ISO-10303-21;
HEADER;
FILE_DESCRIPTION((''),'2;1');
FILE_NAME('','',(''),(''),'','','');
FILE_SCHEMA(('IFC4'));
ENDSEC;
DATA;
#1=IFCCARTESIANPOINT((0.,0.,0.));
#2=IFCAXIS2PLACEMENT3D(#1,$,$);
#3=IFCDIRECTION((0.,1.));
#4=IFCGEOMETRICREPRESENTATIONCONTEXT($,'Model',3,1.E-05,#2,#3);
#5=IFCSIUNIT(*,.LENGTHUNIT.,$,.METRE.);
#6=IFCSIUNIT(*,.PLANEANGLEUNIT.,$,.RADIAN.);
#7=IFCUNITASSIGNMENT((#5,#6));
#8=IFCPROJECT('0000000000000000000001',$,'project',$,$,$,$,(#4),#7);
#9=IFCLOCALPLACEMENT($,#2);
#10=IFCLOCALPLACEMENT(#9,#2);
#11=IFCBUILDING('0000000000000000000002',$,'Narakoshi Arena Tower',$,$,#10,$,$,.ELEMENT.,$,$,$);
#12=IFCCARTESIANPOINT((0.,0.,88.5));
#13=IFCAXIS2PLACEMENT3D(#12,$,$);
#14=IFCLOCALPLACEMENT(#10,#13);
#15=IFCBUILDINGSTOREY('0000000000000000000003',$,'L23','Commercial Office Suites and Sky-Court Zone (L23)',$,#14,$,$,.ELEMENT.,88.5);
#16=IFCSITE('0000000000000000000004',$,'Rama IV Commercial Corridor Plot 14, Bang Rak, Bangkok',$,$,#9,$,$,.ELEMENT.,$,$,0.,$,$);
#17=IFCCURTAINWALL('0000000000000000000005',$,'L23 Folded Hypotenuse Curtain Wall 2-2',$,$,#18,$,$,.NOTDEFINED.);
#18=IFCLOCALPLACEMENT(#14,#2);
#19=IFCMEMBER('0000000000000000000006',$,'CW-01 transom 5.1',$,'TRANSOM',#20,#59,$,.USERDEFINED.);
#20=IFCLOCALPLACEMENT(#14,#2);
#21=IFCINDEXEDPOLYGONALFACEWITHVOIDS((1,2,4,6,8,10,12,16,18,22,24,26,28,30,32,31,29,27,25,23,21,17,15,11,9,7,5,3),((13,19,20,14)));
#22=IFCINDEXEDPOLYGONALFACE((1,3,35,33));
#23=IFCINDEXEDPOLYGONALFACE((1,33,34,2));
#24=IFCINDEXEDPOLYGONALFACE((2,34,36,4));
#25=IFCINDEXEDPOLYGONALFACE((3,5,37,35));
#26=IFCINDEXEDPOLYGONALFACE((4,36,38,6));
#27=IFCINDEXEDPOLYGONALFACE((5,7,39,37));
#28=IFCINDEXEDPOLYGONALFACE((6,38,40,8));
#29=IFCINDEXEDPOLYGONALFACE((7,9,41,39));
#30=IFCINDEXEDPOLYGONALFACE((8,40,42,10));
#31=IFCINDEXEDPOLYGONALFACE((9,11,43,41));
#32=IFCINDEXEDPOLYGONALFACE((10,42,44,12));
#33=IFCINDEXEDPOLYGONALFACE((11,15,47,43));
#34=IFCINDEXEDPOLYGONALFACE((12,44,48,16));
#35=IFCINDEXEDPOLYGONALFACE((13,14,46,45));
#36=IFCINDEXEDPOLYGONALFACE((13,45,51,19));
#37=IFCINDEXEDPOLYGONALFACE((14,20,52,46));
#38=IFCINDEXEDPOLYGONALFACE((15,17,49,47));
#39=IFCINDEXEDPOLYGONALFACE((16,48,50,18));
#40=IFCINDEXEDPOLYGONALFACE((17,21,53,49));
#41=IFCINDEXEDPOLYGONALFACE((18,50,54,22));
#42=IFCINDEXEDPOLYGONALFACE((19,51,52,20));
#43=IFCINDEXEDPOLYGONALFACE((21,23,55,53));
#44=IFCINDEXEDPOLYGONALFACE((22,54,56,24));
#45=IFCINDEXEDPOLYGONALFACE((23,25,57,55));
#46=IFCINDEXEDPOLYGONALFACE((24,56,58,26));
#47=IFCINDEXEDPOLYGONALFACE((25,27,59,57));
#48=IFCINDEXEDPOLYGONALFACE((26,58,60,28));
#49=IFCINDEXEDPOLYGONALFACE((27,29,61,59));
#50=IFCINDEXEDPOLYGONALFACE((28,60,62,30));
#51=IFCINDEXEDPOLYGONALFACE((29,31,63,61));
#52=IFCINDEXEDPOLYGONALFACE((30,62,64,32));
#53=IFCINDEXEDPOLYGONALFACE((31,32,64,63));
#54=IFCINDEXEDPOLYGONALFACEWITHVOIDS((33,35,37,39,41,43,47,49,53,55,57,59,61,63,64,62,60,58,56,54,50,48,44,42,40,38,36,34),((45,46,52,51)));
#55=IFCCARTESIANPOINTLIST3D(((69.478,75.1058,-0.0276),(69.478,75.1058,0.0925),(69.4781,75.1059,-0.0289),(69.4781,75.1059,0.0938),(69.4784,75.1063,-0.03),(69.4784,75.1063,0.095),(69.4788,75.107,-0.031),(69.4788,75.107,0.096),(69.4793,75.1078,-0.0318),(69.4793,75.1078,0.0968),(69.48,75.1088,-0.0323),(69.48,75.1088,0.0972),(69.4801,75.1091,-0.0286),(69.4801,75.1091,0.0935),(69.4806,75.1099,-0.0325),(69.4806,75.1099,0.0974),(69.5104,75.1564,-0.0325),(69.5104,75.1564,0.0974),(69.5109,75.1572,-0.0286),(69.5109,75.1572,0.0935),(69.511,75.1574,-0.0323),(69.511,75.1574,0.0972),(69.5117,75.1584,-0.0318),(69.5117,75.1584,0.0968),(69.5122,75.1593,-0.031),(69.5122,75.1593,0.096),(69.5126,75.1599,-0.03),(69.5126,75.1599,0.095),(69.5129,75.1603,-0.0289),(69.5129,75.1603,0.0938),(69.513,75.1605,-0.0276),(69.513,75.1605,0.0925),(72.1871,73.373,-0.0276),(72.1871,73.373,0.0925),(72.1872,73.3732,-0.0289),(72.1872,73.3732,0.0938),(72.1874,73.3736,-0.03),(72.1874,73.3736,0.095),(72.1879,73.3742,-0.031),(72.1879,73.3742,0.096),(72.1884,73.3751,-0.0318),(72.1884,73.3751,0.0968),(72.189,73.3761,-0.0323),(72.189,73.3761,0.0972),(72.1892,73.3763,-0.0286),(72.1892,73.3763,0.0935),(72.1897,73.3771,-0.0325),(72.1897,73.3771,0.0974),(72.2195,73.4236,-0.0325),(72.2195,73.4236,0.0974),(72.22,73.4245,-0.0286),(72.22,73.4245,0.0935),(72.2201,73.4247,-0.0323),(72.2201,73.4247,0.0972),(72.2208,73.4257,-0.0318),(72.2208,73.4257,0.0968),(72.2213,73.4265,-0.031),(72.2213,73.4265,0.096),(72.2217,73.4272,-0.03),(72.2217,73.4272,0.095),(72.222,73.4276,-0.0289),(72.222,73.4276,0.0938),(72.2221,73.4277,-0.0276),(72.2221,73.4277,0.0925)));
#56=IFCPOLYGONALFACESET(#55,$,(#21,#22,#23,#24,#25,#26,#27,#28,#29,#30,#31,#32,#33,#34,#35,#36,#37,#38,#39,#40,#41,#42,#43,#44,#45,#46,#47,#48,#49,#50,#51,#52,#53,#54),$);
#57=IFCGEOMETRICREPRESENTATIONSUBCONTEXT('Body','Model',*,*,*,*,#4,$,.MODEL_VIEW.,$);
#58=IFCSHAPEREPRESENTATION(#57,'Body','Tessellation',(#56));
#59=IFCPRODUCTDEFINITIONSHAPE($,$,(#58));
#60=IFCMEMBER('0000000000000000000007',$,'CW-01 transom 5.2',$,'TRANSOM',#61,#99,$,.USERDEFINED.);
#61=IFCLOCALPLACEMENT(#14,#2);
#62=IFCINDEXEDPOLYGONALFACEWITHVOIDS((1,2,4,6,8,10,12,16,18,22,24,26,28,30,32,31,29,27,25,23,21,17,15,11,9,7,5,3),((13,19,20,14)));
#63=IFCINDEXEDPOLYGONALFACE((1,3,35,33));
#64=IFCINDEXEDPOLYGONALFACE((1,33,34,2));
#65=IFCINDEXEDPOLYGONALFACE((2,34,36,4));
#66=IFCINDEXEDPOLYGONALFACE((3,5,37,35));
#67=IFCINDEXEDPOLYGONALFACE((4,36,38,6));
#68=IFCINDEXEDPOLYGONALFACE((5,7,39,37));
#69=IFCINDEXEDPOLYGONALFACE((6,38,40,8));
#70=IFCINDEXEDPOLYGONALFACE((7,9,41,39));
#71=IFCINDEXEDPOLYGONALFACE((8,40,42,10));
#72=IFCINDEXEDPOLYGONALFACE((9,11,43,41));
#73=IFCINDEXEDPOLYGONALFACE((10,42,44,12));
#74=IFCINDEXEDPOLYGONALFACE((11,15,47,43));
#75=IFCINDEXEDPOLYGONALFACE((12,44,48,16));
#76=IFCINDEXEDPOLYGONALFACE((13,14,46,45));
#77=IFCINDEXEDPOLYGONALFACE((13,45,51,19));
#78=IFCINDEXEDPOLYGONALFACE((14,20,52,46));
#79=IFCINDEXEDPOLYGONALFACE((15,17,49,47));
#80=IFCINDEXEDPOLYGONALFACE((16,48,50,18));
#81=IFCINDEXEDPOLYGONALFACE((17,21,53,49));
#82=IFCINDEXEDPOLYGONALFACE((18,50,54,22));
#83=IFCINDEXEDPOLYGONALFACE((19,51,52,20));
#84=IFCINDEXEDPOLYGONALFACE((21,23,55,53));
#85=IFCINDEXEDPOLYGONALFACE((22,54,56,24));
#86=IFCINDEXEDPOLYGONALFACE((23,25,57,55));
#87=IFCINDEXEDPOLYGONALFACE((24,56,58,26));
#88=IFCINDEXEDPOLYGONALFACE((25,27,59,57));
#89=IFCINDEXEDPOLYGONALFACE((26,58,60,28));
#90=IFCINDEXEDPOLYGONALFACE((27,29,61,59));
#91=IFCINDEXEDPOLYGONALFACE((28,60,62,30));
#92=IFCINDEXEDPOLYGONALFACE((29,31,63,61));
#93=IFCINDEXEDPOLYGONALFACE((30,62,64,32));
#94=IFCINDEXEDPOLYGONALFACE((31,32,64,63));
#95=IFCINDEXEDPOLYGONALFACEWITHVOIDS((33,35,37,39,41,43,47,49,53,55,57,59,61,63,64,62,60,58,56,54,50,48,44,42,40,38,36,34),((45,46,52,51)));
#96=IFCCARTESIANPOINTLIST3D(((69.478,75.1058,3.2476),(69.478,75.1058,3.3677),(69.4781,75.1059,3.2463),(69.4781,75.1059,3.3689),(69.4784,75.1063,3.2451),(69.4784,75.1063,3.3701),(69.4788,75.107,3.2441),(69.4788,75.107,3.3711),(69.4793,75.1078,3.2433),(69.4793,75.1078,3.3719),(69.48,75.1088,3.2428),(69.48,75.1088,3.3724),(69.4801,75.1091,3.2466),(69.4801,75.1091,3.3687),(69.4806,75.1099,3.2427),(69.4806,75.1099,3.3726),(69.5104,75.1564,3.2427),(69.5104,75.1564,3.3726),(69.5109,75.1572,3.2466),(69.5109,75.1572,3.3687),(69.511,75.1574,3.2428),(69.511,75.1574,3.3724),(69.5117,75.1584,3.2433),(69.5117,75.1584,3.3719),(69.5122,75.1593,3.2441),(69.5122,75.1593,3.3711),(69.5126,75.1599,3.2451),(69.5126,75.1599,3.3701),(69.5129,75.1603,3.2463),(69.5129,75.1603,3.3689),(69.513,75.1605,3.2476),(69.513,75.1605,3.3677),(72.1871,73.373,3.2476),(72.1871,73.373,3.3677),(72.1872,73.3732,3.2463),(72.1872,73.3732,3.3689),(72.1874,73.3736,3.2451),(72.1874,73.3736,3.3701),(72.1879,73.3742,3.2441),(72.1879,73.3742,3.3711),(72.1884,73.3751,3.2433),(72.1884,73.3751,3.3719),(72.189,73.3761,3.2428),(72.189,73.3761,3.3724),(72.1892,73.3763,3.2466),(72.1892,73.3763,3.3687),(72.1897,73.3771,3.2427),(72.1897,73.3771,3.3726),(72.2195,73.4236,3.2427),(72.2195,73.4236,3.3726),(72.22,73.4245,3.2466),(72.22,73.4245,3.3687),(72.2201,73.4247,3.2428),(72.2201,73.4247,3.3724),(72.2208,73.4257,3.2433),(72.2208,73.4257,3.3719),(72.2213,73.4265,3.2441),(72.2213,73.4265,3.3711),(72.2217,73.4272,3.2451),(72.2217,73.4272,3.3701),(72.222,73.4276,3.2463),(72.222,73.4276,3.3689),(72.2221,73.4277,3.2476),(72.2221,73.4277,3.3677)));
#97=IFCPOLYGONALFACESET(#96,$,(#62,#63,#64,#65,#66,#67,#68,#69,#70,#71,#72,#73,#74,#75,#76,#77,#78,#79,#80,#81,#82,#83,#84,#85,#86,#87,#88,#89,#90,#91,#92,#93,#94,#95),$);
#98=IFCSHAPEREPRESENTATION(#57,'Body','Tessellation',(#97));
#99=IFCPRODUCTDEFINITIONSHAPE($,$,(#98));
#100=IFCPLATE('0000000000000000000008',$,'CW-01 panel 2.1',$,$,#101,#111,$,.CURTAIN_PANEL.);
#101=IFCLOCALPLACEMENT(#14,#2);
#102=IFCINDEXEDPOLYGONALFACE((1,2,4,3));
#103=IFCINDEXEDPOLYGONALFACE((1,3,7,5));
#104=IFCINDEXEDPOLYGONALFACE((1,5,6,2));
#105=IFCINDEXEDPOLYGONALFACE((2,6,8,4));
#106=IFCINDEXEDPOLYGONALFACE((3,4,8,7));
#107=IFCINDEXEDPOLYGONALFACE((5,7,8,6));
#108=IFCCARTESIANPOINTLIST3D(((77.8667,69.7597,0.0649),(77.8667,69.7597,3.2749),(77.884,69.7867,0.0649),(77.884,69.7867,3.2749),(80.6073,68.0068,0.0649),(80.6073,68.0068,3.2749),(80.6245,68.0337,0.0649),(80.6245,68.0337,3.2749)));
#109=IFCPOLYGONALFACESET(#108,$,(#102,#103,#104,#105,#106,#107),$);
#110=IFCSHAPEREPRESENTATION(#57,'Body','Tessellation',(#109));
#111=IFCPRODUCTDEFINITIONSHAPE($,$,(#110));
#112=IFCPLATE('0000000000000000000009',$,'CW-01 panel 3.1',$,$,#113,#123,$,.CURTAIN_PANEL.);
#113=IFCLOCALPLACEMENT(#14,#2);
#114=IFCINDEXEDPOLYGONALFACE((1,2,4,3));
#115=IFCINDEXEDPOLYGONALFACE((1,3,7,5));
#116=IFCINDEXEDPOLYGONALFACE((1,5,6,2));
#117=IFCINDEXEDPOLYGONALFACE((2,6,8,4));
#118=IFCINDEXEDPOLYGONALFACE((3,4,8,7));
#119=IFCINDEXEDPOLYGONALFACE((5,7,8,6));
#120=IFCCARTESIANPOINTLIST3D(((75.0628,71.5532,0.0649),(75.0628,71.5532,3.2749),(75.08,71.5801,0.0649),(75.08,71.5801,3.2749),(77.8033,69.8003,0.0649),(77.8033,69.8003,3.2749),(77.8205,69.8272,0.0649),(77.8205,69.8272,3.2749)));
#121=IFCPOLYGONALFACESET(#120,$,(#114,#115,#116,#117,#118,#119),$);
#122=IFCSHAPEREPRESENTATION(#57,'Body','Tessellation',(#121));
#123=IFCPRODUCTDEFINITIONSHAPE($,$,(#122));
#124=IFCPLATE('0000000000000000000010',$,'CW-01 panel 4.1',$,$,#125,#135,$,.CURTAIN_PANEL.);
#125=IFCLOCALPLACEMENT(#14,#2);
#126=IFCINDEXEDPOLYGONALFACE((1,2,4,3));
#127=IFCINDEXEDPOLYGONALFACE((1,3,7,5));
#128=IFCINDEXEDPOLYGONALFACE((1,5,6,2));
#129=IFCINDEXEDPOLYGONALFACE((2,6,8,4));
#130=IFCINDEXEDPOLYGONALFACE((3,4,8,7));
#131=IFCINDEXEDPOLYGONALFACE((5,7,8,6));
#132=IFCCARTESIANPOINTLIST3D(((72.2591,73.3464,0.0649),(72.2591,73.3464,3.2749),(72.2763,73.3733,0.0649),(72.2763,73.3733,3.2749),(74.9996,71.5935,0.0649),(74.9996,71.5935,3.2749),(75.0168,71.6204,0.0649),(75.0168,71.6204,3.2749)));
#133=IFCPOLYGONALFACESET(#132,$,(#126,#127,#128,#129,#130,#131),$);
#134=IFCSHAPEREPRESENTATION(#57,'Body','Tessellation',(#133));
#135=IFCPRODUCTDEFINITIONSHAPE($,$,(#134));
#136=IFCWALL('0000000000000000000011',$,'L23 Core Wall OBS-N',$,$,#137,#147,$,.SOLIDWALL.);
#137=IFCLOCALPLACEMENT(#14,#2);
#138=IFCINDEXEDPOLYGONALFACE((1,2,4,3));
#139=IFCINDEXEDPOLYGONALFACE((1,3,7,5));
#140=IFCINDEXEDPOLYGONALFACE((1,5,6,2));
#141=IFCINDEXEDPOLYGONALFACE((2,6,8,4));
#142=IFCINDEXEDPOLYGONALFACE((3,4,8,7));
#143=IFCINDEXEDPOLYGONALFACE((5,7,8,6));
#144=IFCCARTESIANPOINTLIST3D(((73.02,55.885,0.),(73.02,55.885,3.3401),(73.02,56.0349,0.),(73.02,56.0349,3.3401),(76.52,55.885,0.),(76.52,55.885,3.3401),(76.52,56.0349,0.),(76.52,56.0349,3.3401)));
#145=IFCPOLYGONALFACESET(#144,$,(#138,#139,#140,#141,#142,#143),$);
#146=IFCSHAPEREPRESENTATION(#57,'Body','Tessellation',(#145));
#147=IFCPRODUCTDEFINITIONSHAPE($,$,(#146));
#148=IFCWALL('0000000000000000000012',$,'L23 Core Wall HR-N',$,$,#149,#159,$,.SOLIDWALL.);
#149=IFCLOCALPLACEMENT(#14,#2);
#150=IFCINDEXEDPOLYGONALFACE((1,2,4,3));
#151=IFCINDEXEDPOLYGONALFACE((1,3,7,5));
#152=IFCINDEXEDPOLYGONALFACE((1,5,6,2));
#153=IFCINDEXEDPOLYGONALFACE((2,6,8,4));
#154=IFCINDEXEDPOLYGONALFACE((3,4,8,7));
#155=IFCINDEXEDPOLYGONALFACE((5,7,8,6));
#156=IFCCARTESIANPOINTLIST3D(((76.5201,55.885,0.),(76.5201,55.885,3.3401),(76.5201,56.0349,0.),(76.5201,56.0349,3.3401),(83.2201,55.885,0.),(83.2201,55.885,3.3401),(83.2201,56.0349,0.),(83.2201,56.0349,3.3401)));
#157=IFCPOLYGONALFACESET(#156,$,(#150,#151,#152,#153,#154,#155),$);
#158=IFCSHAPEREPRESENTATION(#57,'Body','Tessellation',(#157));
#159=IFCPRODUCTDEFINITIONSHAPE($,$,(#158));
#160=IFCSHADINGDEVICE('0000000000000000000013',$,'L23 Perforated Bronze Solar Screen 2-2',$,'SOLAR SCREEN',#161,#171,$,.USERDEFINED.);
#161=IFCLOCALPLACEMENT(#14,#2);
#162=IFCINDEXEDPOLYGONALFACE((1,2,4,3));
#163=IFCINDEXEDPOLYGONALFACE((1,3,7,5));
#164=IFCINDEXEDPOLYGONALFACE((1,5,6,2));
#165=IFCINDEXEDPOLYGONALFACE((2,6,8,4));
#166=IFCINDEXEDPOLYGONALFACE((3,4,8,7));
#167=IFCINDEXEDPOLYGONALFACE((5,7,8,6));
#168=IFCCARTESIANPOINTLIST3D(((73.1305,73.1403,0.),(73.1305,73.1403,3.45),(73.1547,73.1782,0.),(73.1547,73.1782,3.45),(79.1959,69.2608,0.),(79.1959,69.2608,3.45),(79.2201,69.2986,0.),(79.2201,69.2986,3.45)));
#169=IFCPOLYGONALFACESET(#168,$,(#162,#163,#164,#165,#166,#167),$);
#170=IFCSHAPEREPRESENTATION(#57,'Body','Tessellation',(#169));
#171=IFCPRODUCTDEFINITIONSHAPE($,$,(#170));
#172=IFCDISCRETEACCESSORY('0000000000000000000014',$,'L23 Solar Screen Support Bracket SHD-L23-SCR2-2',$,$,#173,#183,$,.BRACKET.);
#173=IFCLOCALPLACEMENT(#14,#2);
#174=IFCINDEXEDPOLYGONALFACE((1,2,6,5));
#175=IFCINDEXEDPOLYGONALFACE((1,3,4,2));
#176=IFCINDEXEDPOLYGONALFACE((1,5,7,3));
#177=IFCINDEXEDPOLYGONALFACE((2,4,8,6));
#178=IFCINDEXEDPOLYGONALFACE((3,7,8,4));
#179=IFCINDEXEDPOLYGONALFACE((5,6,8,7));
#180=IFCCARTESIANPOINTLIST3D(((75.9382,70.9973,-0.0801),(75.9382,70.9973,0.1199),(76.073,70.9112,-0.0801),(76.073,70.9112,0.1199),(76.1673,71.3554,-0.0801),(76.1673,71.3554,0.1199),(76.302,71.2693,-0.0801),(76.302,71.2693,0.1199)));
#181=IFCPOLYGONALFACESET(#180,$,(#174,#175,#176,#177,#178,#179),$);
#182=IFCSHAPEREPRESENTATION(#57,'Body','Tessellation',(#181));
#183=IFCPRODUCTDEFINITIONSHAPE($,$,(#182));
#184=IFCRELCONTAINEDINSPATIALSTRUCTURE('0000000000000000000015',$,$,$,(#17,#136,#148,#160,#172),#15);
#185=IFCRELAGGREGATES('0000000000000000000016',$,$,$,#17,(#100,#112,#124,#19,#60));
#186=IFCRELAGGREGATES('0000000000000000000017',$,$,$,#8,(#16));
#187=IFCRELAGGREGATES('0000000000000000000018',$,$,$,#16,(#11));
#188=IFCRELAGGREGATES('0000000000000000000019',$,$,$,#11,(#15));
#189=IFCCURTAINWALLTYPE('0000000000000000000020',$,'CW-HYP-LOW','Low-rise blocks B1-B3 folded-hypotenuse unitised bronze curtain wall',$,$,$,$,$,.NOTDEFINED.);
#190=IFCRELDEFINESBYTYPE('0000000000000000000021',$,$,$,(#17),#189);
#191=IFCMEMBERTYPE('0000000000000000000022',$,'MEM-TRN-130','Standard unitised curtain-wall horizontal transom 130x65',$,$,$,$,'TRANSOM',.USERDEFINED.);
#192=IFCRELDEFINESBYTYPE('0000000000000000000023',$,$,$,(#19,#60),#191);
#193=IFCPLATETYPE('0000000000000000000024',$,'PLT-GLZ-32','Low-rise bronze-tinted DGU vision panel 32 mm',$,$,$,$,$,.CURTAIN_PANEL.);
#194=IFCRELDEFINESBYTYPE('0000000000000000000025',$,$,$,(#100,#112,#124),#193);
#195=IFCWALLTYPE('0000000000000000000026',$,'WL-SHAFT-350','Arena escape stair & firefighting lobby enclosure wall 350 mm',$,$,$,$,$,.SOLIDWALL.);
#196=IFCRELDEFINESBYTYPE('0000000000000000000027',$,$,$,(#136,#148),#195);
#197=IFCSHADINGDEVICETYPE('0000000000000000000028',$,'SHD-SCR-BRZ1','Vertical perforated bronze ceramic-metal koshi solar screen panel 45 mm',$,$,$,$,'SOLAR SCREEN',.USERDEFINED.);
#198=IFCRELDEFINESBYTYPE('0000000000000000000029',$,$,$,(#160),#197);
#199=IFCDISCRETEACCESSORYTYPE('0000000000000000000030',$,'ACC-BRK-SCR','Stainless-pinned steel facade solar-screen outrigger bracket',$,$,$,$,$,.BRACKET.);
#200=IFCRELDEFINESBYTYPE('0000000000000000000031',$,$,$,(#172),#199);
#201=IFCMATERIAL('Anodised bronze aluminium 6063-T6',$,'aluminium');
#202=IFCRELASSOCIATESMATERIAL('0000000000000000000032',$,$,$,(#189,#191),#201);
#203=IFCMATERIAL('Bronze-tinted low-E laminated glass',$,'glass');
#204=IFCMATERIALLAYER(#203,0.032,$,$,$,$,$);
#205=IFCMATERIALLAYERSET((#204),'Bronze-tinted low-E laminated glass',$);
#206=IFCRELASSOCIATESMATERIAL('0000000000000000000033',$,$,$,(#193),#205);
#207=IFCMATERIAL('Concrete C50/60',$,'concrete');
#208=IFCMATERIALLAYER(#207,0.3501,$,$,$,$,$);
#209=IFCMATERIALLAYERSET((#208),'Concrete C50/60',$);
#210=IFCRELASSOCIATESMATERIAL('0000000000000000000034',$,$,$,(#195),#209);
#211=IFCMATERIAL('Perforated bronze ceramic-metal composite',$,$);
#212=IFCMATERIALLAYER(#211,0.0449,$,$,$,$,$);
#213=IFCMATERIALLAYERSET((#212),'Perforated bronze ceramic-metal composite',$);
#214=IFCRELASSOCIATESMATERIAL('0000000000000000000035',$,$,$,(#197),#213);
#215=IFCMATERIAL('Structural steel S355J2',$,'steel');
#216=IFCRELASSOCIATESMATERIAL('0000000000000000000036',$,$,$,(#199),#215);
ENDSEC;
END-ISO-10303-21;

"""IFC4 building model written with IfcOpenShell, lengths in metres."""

from ifc_helpers import new_model, si_unit, direction, frame, frame_2d, origin, origin_2d, place, context, subcontext, project, spatial, rectangle, hollow_rectangle, extrude, material, layer, layer_set, material_profile, profile_set, type_object, element, aggregate, save


model = new_model("IFC4")

# Units and contexts
model_context = context("Model", 3, precision=1e-05, world=origin(), true_north=direction((0.0, 1.0)))
body_context = subcontext(model_context, "Body", "Model", "MODEL_VIEW")
ifc_project = project(units=[si_unit("LENGTHUNIT", "METRE"), si_unit("PLANEANGLEUNIT", "RADIAN")], contexts=[model_context])

# Site, building, storey
site_placement = place(None, origin())
site = spatial("IfcSite", under=ifc_project, at=site_placement, Name="Rama IV Commercial Corridor Plot 14, Bang Rak, Bangkok", CompositionType="ELEMENT", RefElevation=0.0)
building_placement = place(site_placement, origin())
building = spatial("IfcBuilding", under=site, at=building_placement, Name="Narakoshi Arena Tower", CompositionType="ELEMENT")
storey_placement = place(building_placement, frame((0.0, 0.0, 88.5)))
storey = spatial("IfcBuildingStorey", under=building, at=storey_placement, Name="L23", Description="Commercial Office Suites and Sky-Court Zone (L23)", CompositionType="ELEMENT", Elevation=88.5)

# Shared definitions
ifc_material_1 = material(Name="Structural steel S355J2", Category="steel")

# Curtain wall, members, plates
ifc_material_2 = material(Name="Anodised bronze aluminium 6063-T6", Category="aluminium")
curtain_wall_type = type_object("IfcCurtainWallType", Name="CW-HYP-LOW", Description="Low-rise blocks B1-B3 folded-hypotenuse unitised bronze curtain wall", PredefinedType="NOTDEFINED", material=ifc_material_2)
curtain_wall_placement = place(storey_placement, origin())
curtain_wall = element("IfcCurtainWall", 1, at=curtain_wall_placement, inside=storey, type_object=curtain_wall_type, Name="L23 Folded Hypotenuse Curtain Wall 2-2", PredefinedType="NOTDEFINED")
ifc_material_profile_1 = material_profile(ifc_material_2, hollow_rectangle(XDim=0.0649, YDim=0.1299, WallThickness=0.0039, OuterFilletRadius=0.0049, at=origin_2d()), Name="TRN130x65x4")
ifc_profile_set_1 = profile_set([ifc_material_profile_1], Name="Anodised bronze aluminium 6063-T6")
member_type_1 = type_object("IfcMemberType", Name="MEM-TRN-130", Description="Standard unitised curtain-wall horizontal transom 130x65", ElementType="TRANSOM", PredefinedType="USERDEFINED", material=ifc_profile_set_1)
member_1_placement = place(storey_placement, frame((72.2046, 73.4004, 0.0325), z_axis=(-0.842424, 0.538815, 0.0), x_axis=(-0.538815, -0.842424, 0.0)))
member_1 = element("IfcMember", 2, at=member_1_placement, type_object=member_type_1, Name="CW-01 transom 5.1", ObjectType="TRANSOM", PredefinedType="USERDEFINED", context=body_context, shape_type="SweptSolid", body=[
    extrude(hollow_rectangle(XDim=0.0649, YDim=0.1299, WallThickness=0.0039, OuterFilletRadius=0.0049, at=origin_2d()), origin(), (0.0, 0.0, 1.0), 3.2158),
])
member_2_placement = place(storey_placement, frame((72.2046, 73.4004, 3.3076), z_axis=(-0.842424, 0.538815, 0.0), x_axis=(-0.538815, -0.842424, 0.0)))
member_2 = element("IfcMember", 3, at=member_2_placement, type_object=member_type_1, Name="CW-01 transom 5.2", ObjectType="TRANSOM", PredefinedType="USERDEFINED", context=body_context, shape_type="SweptSolid", body=[
    extrude(hollow_rectangle(XDim=0.0649, YDim=0.1299, WallThickness=0.0039, OuterFilletRadius=0.0049, at=origin_2d()), origin(), (0.0, 0.0, 1.0), 3.2158),
])
ifc_material_3 = material(Name="Bronze-tinted low-E laminated glass", Category="glass")
ifc_layer_1 = layer(ifc_material_3, 0.032)
ifc_layer_set_1 = layer_set([ifc_layer_1], Name="Bronze-tinted low-E laminated glass")
plate_type = type_object("IfcPlateType", Name="PLT-GLZ-32", Description="Low-rise bronze-tinted DGU vision panel 32 mm", PredefinedType="CURTAIN_PANEL", material=ifc_layer_set_1)
plate_1_placement = place(storey_placement, frame((79.2456, 68.8967, 0.0649), z_axis=(0.0, 0.0, 1.0), x_axis=(-0.842415, 0.538829, 0.0)))
plate_1 = element("IfcPlate", 4, at=plate_1_placement, type_object=plate_type, Name="CW-01 panel 2.1", PredefinedType="CURTAIN_PANEL", context=body_context, shape_type="SweptSolid", body=[
    extrude(rectangle(XDim=3.2532, YDim=0.032, at=origin_2d()), origin(), (0.0, 0.0, 1.0), 3.21),
])
plate_2_placement = place(storey_placement, frame((76.4417, 70.6902, 0.0649), z_axis=(0.0, 0.0, 1.0), x_axis=(-0.842415, 0.538829, 0.0)))
plate_2 = element("IfcPlate", 5, at=plate_2_placement, type_object=plate_type, Name="CW-01 panel 3.1", PredefinedType="CURTAIN_PANEL", context=body_context, shape_type="SweptSolid", body=[
    extrude(rectangle(XDim=3.2532, YDim=0.032, at=origin_2d()), origin(), (0.0, 0.0, 1.0), 3.21),
])
plate_3_placement = place(storey_placement, frame((73.6379, 72.4834, 0.0649), z_axis=(0.0, 0.0, 1.0), x_axis=(-0.842415, 0.538829, 0.0)))
plate_3 = element("IfcPlate", 6, at=plate_3_placement, type_object=plate_type, Name="CW-01 panel 4.1", PredefinedType="CURTAIN_PANEL", context=body_context, shape_type="SweptSolid", body=[
    extrude(rectangle(XDim=3.2532, YDim=0.032, at=origin_2d()), origin(), (0.0, 0.0, 1.0), 3.21),
])
aggregate(curtain_wall, [plate_1, plate_2, plate_3, member_1, member_2])

# Walls
ifc_material_4 = material(Name="Concrete C50/60", Category="concrete")
ifc_layer_2 = layer(ifc_material_4, 0.3501)
ifc_layer_set_2 = layer_set([ifc_layer_2], Name="Concrete C50/60")
wall_type = type_object("IfcWallType", Name="WL-SHAFT-350", Description="Arena escape stair & firefighting lobby enclosure wall 350 mm", PredefinedType="SOLIDWALL", material=ifc_layer_set_2)
wall_1_placement = place(storey_placement, frame((73.02, 55.96, 0.0), z_axis=(0.0, 0.0, 1.0), x_axis=(1.0, 0.0, 0.0)))
element("IfcWall", 7, at=wall_1_placement, inside=storey, type_object=wall_type, Name="L23 Core Wall OBS-N", PredefinedType="SOLIDWALL", context=body_context, shape_type="SweptSolid", body=[
    extrude(rectangle(XDim=3.5, YDim=0.1499, at=frame_2d((1.75, 0.0))), origin(), (0.0, 0.0, 1.0), 3.3401),
])
wall_2_placement = place(storey_placement, frame((76.52, 55.96, 0.0), z_axis=(0.0, 0.0, 1.0), x_axis=(1.0, 0.0, 0.0)))
element("IfcWall", 8, at=wall_2_placement, inside=storey, type_object=wall_type, Name="L23 Core Wall HR-N", PredefinedType="SOLIDWALL", context=body_context, shape_type="SweptSolid", body=[
    extrude(rectangle(XDim=6.7, YDim=0.1499, at=frame_2d((3.3501, 0.0))), origin(), (0.0, 0.0, 1.0), 3.3401),
])

# Shading device
ifc_material_5 = material(Name="Perforated bronze ceramic-metal composite")
ifc_layer_3 = layer(ifc_material_5, 0.0449)
ifc_layer_set_3 = layer_set([ifc_layer_3], Name="Perforated bronze ceramic-metal composite")
shading_device_type = type_object("IfcShadingDeviceType", Name="SHD-SCR-BRZ1", Description="Vertical perforated bronze ceramic-metal koshi solar screen panel 45 mm", ElementType="SOLAR SCREEN", PredefinedType="USERDEFINED", material=ifc_layer_set_3)
shading_device_placement = place(storey_placement, frame((76.1753, 71.2195, 0.0), z_axis=(0.0, 0.0, 1.0), x_axis=(-0.842415, 0.53883, 0.0)))
element("IfcShadingDevice", 9, at=shading_device_placement, inside=storey, type_object=shading_device_type, Name="L23 Perforated Bronze Solar Screen 2-2", ObjectType="SOLAR SCREEN", PredefinedType="USERDEFINED", context=body_context, shape_type="SweptSolid", body=[
    extrude(rectangle(XDim=7.2, YDim=0.0449, at=origin_2d()), origin(), (0.0, 0.0, 1.0), 3.45),
])

# Discrete accessory
discrete_accessory_type = type_object("IfcDiscreteAccessoryType", Name="ACC-BRK-SCR", Description="Stainless-pinned steel facade solar-screen outrigger bracket", PredefinedType="BRACKET", material=ifc_material_1)
discrete_accessory_placement = place(storey_placement, frame((76.1201, 71.1333, -0.0801), z_axis=(0.0, 0.0, 1.0), x_axis=(-0.842415, 0.53883, 0.0)))
element("IfcDiscreteAccessory", 10, at=discrete_accessory_placement, inside=storey, type_object=discrete_accessory_type, Name="L23 Solar Screen Support Bracket SHD-L23-SCR2-2", PredefinedType="BRACKET", context=body_context, shape_type="SweptSolid", body=[
    extrude(rectangle(XDim=0.1599, YDim=0.425, at=origin_2d()), origin(), (0.0, 0.0, 1.0), 0.2),
])

save(model, "model.ifc")
